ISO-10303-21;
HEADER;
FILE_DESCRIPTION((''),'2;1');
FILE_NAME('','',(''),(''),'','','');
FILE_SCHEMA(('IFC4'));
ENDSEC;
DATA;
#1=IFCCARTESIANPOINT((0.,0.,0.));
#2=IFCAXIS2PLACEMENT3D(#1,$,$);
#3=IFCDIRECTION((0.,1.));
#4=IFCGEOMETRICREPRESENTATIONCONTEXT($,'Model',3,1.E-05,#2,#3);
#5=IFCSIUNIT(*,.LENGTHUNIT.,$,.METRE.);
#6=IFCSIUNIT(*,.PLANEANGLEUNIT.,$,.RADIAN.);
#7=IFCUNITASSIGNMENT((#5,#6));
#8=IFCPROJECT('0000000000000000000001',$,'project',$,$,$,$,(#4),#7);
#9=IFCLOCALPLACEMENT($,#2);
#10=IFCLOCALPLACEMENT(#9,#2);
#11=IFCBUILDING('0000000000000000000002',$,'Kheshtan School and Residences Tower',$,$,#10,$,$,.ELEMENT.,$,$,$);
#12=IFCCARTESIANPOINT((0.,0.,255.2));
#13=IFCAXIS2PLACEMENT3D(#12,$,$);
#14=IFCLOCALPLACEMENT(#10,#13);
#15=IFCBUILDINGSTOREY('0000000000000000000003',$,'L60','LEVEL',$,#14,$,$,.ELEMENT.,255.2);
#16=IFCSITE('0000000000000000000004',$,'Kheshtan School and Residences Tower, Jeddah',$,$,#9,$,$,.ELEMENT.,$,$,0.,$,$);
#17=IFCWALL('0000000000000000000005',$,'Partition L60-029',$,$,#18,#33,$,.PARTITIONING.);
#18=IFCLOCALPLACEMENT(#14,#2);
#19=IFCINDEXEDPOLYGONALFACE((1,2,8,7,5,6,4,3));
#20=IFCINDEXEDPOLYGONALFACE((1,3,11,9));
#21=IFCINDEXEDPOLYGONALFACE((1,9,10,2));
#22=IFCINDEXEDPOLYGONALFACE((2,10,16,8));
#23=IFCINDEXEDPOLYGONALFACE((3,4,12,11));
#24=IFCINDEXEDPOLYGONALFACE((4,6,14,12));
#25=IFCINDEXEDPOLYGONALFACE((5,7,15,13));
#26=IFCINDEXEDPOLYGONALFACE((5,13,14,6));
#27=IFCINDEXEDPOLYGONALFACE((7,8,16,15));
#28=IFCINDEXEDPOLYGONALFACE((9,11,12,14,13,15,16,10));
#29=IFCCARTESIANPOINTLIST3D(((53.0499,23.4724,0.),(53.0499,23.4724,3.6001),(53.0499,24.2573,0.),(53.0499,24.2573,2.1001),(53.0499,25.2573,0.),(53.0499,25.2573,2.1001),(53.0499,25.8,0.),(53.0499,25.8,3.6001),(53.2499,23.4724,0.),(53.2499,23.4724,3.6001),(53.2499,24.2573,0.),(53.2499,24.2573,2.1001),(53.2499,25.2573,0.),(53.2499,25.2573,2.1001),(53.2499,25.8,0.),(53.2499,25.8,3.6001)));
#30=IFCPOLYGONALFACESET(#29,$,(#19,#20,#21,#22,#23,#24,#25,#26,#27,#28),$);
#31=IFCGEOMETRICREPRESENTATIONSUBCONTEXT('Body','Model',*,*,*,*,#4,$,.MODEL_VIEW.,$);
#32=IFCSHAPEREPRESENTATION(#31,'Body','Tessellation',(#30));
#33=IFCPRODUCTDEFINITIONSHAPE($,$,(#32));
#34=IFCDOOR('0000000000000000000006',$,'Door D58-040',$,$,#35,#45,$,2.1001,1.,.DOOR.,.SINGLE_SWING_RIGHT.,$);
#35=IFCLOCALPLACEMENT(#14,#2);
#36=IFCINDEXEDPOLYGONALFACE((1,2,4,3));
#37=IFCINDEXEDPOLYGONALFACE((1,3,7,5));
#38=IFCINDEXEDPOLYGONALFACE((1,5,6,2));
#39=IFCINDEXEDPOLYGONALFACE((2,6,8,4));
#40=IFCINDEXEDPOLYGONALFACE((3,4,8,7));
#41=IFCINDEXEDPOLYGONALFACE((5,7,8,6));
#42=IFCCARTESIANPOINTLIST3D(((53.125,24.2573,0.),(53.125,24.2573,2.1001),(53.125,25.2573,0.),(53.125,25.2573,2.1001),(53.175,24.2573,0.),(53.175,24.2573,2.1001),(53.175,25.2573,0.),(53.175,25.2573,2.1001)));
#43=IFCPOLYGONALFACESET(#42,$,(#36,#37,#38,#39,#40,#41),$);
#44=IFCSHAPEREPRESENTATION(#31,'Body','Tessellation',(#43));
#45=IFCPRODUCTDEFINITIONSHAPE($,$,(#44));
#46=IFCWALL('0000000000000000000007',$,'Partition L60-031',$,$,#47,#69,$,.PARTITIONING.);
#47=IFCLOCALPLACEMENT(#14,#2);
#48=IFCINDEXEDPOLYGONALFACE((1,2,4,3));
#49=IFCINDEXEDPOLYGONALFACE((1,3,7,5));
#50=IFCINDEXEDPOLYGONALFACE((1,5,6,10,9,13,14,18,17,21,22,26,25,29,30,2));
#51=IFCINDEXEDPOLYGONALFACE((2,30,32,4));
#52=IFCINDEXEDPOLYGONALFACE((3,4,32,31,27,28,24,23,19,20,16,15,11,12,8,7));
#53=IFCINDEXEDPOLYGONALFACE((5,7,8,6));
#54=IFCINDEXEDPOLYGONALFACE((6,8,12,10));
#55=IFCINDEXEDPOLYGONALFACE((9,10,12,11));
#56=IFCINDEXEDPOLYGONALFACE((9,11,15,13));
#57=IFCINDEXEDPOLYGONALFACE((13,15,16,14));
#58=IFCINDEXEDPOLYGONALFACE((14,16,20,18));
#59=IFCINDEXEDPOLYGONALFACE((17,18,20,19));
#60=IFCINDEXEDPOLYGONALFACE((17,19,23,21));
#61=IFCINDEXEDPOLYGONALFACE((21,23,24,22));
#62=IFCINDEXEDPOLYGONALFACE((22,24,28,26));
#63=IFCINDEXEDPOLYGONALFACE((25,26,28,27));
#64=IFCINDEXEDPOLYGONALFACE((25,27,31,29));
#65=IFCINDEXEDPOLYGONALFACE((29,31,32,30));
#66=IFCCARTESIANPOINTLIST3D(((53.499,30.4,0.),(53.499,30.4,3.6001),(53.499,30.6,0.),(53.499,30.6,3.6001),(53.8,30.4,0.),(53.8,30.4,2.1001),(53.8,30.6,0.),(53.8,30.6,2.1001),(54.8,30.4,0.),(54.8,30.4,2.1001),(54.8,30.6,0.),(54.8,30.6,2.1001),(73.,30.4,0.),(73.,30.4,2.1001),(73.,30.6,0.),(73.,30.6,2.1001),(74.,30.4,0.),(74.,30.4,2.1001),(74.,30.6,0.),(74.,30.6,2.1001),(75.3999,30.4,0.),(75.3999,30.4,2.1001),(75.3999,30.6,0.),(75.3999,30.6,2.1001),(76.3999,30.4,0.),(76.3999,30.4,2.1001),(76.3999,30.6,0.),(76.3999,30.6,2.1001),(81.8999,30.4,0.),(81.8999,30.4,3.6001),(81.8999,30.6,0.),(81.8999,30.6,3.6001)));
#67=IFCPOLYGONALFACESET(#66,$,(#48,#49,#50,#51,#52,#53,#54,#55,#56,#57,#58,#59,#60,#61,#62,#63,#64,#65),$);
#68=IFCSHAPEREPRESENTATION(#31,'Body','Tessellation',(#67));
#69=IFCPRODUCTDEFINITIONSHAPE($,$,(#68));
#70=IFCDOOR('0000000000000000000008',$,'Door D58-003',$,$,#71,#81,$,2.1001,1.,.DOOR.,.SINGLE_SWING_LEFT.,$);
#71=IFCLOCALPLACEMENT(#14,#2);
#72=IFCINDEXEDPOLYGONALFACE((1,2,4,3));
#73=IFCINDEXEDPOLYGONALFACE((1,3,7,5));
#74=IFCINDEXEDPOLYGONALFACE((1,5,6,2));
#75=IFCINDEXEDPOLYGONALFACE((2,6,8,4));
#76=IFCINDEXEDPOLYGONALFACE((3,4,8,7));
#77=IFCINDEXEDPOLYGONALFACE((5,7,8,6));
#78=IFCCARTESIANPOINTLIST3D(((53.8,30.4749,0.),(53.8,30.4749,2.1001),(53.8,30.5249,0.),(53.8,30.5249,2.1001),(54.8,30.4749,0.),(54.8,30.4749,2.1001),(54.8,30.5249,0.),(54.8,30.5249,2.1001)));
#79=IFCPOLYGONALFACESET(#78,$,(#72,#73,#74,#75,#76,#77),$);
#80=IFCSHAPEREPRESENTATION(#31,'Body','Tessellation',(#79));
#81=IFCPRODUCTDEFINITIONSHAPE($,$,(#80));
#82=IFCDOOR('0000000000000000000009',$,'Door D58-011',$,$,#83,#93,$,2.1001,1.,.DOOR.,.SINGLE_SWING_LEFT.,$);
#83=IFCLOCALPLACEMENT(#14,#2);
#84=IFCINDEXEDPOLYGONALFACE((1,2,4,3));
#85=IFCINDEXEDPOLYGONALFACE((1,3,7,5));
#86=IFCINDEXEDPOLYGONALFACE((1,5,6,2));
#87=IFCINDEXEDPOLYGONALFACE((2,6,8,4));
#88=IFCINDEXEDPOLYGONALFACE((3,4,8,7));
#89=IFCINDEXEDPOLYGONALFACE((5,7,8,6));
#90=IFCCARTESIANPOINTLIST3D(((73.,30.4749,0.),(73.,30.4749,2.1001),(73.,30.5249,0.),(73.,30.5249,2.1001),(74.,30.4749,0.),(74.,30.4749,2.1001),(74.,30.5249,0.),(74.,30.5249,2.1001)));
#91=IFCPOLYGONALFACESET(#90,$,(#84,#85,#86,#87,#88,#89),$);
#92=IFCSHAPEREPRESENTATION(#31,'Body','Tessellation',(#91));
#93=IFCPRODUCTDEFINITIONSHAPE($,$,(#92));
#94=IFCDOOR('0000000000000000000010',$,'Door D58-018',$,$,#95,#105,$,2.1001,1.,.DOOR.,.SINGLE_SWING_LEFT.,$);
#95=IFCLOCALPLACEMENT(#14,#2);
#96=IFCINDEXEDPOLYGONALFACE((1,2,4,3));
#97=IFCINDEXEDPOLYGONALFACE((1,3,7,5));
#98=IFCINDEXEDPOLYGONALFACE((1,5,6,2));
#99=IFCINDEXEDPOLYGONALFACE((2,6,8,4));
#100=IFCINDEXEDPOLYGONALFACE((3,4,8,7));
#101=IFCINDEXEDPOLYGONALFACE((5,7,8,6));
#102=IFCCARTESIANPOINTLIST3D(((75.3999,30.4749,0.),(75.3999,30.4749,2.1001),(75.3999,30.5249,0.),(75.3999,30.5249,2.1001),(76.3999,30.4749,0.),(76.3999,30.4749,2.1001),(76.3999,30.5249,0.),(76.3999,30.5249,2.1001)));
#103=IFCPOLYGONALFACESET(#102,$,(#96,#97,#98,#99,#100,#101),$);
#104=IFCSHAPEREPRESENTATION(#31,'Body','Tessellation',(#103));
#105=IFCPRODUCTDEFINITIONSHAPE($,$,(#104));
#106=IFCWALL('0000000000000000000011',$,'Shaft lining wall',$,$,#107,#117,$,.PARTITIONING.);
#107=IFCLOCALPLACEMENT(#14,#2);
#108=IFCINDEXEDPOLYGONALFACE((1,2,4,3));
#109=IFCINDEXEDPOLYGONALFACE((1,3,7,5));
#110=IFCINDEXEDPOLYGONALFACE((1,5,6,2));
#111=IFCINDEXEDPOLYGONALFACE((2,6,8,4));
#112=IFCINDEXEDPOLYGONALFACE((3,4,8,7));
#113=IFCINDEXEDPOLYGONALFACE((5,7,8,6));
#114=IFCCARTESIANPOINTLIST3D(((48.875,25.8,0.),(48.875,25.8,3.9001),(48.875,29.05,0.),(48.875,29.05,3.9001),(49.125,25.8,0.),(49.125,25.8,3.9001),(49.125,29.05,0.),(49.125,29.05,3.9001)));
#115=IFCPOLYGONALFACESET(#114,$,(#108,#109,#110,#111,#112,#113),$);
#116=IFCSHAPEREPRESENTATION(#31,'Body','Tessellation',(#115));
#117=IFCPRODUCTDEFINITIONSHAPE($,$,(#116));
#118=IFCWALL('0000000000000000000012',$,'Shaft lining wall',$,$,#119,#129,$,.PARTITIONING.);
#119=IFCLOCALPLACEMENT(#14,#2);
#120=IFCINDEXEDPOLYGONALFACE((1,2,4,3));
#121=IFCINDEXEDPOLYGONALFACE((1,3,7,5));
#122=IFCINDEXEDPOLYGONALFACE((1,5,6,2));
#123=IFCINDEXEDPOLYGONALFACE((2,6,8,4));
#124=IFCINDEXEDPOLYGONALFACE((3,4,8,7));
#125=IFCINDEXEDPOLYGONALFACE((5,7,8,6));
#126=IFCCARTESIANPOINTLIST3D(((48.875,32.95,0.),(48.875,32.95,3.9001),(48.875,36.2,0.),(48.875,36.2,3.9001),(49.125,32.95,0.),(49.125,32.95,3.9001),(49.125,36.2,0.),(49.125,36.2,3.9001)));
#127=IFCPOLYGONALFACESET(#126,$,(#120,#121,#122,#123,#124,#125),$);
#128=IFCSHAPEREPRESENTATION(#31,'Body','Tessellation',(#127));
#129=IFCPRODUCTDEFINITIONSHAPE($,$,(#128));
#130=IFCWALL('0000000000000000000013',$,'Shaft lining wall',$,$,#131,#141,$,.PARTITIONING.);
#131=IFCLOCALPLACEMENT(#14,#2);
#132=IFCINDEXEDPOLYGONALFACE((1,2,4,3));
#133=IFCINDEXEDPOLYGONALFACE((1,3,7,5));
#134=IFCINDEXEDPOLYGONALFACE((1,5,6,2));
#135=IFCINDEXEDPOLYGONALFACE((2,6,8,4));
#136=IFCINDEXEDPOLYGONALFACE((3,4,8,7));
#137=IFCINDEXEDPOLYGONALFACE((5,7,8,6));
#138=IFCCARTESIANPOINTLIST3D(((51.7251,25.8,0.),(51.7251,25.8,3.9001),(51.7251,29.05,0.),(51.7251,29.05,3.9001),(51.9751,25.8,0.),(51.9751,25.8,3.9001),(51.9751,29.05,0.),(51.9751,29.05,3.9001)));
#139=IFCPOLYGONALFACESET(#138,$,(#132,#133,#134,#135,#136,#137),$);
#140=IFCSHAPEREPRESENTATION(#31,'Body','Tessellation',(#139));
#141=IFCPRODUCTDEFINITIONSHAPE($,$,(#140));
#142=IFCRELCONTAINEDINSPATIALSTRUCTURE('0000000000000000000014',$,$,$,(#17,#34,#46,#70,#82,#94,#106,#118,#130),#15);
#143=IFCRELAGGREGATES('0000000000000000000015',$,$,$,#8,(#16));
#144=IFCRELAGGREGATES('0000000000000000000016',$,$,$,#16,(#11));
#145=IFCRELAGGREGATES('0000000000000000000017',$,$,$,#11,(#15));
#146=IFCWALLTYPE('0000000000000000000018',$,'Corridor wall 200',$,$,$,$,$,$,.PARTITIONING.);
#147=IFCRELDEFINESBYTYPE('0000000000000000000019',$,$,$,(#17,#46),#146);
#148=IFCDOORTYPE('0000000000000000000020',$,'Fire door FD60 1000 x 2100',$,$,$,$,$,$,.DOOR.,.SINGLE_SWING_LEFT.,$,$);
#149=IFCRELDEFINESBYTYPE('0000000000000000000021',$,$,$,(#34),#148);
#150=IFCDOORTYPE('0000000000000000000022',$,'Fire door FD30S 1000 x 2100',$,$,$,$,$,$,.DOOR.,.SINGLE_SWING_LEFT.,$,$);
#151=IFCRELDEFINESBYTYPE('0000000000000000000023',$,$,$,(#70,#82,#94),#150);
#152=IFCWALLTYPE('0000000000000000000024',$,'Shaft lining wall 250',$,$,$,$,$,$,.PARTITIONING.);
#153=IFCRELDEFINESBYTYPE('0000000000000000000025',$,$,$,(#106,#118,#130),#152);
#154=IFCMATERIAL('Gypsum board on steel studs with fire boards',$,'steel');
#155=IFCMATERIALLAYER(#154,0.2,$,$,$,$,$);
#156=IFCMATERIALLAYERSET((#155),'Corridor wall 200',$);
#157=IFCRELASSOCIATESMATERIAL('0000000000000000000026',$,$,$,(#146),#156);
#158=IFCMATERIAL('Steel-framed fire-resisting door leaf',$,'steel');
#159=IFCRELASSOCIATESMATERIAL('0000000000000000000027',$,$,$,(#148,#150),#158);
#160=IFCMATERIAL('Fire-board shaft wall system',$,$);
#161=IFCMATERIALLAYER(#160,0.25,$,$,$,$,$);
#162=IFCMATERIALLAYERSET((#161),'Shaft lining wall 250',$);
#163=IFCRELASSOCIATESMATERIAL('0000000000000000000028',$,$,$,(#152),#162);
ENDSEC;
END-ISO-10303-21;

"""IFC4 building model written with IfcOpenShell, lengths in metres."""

from ifc_helpers import new_model, si_unit, direction, frame, frame_2d, origin, place, context, subcontext, project, spatial, rectangle, extrude, source, transform, mapped, material, layer, layer_set, type_object, element, fill, save


model = new_model("IFC4")

# Units and contexts
model_context = context("Model", 3, precision=1e-05, world=origin(), true_north=direction((0.0, 1.0)))
body_context = subcontext(model_context, "Body", "Model", "MODEL_VIEW")
ifc_project = project(units=[si_unit("LENGTHUNIT", "METRE"), si_unit("PLANEANGLEUNIT", "RADIAN")], contexts=[model_context])

# Site, building, storey
site_placement = place(None, origin())
site = spatial("IfcSite", under=ifc_project, at=site_placement, Name="Kheshtan School and Residences Tower, Jeddah", CompositionType="ELEMENT", RefElevation=0.0)
building_placement = place(site_placement, origin())
building = spatial("IfcBuilding", under=site, at=building_placement, Name="Kheshtan School and Residences Tower", CompositionType="ELEMENT")
storey_placement = place(building_placement, frame((0.0, 0.0, 255.2)))
storey = spatial("IfcBuildingStorey", under=building, at=storey_placement, Name="L60", Description="LEVEL", CompositionType="ELEMENT", Elevation=255.2)

# Wall, opening, door
ifc_material_1 = material(Name="Gypsum board on steel studs with fire boards", Category="steel")
ifc_layer_1 = layer(ifc_material_1, 0.2)
ifc_layer_set_1 = layer_set([ifc_layer_1], Name="Corridor wall 200")
wall_type_1 = type_object("IfcWallType", Name="Corridor wall 200", PredefinedType="PARTITIONING", material=ifc_layer_set_1)
wall_1_placement = place(storey_placement, frame((53.1499, 23.4724, 0.0), z_axis=(0.0, 0.0, 1.0), x_axis=(0.0, 1.0, 0.0)))
wall_1 = element("IfcWall", 1, at=wall_1_placement, inside=storey, type_object=wall_type_1, Name="Partition L60-029", PredefinedType="PARTITIONING", context=body_context, shape_type="SweptSolid", body=[
    extrude(rectangle(XDim=2.3276, YDim=0.2, at=frame_2d((1.1638, 0.0))), origin(), (0.0, 0.0, 1.0), 3.6001),
])
opening_1_placement = place(wall_1_placement, frame((0.7849, 0.0, 0.0)))
opening_1 = element("IfcOpeningElement", 2, at=opening_1_placement, cuts=wall_1, PredefinedType="OPENING", context=body_context, shape_type="SweptSolid", body=[
    extrude(rectangle(XDim=1.0, YDim=2.1001, at=frame_2d((0.5, 1.05))), frame((0.0, 0.1099, 0.0), z_axis=(0.0, -1.0, 0.0), x_axis=(1.0, 0.0, 0.0)), (0.0, 0.0, 1.0), 0.22),
])
ifc_material_2 = material(Name="Steel-framed fire-resisting door leaf", Category="steel")
door_type_1 = type_object("IfcDoorType", Name="Fire door FD60 1000 x 2100", OperationType="SINGLE_SWING_LEFT", PredefinedType="DOOR", material=ifc_material_2)
shared_shape_1 = source(origin(), body_context, "Body", "SweptSolid", [
    extrude(rectangle(XDim=1.0, YDim=2.1001, at=frame_2d((0.5, 1.05))), frame((0.0, 0.0249, 0.0), z_axis=(0.0, -1.0, 0.0), x_axis=(1.0, 0.0, 0.0)), (0.0, 0.0, 1.0), 0.05),
])
door_1_placement = place(opening_1_placement, origin())
door_1 = element("IfcDoor", 3, at=door_1_placement, inside=storey, type_object=door_type_1, Name="Door D58-040", OperationType="SINGLE_SWING_RIGHT", OverallHeight=2.1001, OverallWidth=1.0, PredefinedType="DOOR", context=body_context, shape_type="MappedRepresentation", body=[
    mapped(shared_shape_1, transform((0.0, 0.0, 0.0), x_axis=(1.0, 0.0, 0.0), y_axis=(0.0, 1.0, 0.0), z_axis=(0.0, 0.0, 1.0), scale=1.0)),
])
fill(opening_1, door_1)

# Wall, openings, doors
wall_2_placement = place(storey_placement, frame((53.499, 30.5, 0.0), z_axis=(0.0, 0.0, 1.0), x_axis=(1.0, 0.0, 0.0)))
wall_2 = element("IfcWall", 4, at=wall_2_placement, inside=storey, type_object=wall_type_1, Name="Partition L60-031", PredefinedType="PARTITIONING", context=body_context, shape_type="SweptSolid", body=[
    extrude(rectangle(XDim=28.4009, YDim=0.2, at=frame_2d((14.2004, 0.0))), origin(), (0.0, 0.0, 1.0), 3.6001),
])
opening_2_placement = place(wall_2_placement, frame((0.301, 0.0, 0.0)))
opening_2 = element("IfcOpeningElement", 5, at=opening_2_placement, cuts=wall_2, PredefinedType="OPENING", context=body_context, shape_type="SweptSolid", body=[
    extrude(rectangle(XDim=1.0, YDim=2.1001, at=frame_2d((0.5, 1.05))), frame((0.0, 0.1099, 0.0), z_axis=(0.0, -1.0, 0.0), x_axis=(1.0, 0.0, 0.0)), (0.0, 0.0, 1.0), 0.22),
])
opening_3_placement = place(wall_2_placement, frame((19.501, 0.0, 0.0)))
opening_3 = element("IfcOpeningElement", 6, at=opening_3_placement, cuts=wall_2, PredefinedType="OPENING", context=body_context, shape_type="SweptSolid", body=[
    extrude(rectangle(XDim=1.0, YDim=2.1001, at=frame_2d((0.5, 1.05))), frame((0.0, 0.1099, 0.0), z_axis=(0.0, -1.0, 0.0), x_axis=(1.0, 0.0, 0.0)), (0.0, 0.0, 1.0), 0.22),
])
opening_4_placement = place(wall_2_placement, frame((21.9009, 0.0, 0.0)))
opening_4 = element("IfcOpeningElement", 7, at=opening_4_placement, cuts=wall_2, PredefinedType="OPENING", context=body_context, shape_type="SweptSolid", body=[
    extrude(rectangle(XDim=1.0, YDim=2.1001, at=frame_2d((0.5, 1.05))), frame((0.0, 0.1099, 0.0), z_axis=(0.0, -1.0, 0.0), x_axis=(1.0, 0.0, 0.0)), (0.0, 0.0, 1.0), 0.22),
])
door_type_2 = type_object("IfcDoorType", Name="Fire door FD30S 1000 x 2100", OperationType="SINGLE_SWING_LEFT", PredefinedType="DOOR", material=ifc_material_2)
shared_shape_2 = source(origin(), body_context, "Body", "SweptSolid", [
    extrude(rectangle(XDim=1.0, YDim=2.1001, at=frame_2d((0.5, 1.05))), frame((0.0, 0.0249, 0.0), z_axis=(0.0, -1.0, 0.0), x_axis=(1.0, 0.0, 0.0)), (0.0, 0.0, 1.0), 0.05),
])
door_2_placement = place(opening_2_placement, origin())
door_2 = element("IfcDoor", 8, at=door_2_placement, inside=storey, type_object=door_type_2, Name="Door D58-003", OperationType="SINGLE_SWING_LEFT", OverallHeight=2.1001, OverallWidth=1.0, PredefinedType="DOOR", context=body_context, shape_type="MappedRepresentation", body=[
    mapped(shared_shape_2, transform((0.0, 0.0, 0.0), x_axis=(1.0, 0.0, 0.0), y_axis=(0.0, 1.0, 0.0), z_axis=(0.0, 0.0, 1.0), scale=1.0)),
])
fill(opening_2, door_2)
door_3_placement = place(opening_3_placement, origin())
door_3 = element("IfcDoor", 9, at=door_3_placement, inside=storey, type_object=door_type_2, Name="Door D58-011", OperationType="SINGLE_SWING_LEFT", OverallHeight=2.1001, OverallWidth=1.0, PredefinedType="DOOR", context=body_context, shape_type="MappedRepresentation", body=[
    mapped(shared_shape_2, transform((0.0, 0.0, 0.0), x_axis=(1.0, 0.0, 0.0), y_axis=(0.0, 1.0, 0.0), z_axis=(0.0, 0.0, 1.0), scale=1.0)),
])
fill(opening_3, door_3)
door_4_placement = place(opening_4_placement, origin())
door_4 = element("IfcDoor", 10, at=door_4_placement, inside=storey, type_object=door_type_2, Name="Door D58-018", OperationType="SINGLE_SWING_LEFT", OverallHeight=2.1001, OverallWidth=1.0, PredefinedType="DOOR", context=body_context, shape_type="MappedRepresentation", body=[
    mapped(shared_shape_2, transform((0.0, 0.0, 0.0), x_axis=(1.0, 0.0, 0.0), y_axis=(0.0, 1.0, 0.0), z_axis=(0.0, 0.0, 1.0), scale=1.0)),
])
fill(opening_4, door_4)

# Walls
ifc_material_3 = material(Name="Fire-board shaft wall system")
ifc_layer_2 = layer(ifc_material_3, 0.25)
ifc_layer_set_2 = layer_set([ifc_layer_2], Name="Shaft lining wall 250")
wall_type_2 = type_object("IfcWallType", Name="Shaft lining wall 250", PredefinedType="PARTITIONING", material=ifc_layer_set_2)
for number, where, z_axis, x_axis, name in (
    (11, (49.0, 25.8, 0.0), (0.0, 0.0, 1.0), (0.0, 1.0, 0.0), "Shaft lining wall"),
    (12, (49.0, 32.95, 0.0), (0.0, 0.0, 1.0), (0.0, 1.0, 0.0), "Shaft lining wall"),
    (13, (51.8501, 25.8, 0.0), (0.0, 0.0, 1.0), (0.0, 1.0, 0.0), "Shaft lining wall"),
):
    element("IfcWall", number, at=place(storey_placement, frame(where, z_axis=z_axis, x_axis=x_axis)), inside=storey, type_object=wall_type_2, Name=name, PredefinedType="PARTITIONING", context=body_context, shape_type="SweptSolid", body=[
        extrude(rectangle(XDim=3.25, YDim=0.25, at=frame_2d((1.625, 0.0))), origin(), (0.0, 0.0, 1.0), 3.9001),
    ])

save(model, "model.ifc")
